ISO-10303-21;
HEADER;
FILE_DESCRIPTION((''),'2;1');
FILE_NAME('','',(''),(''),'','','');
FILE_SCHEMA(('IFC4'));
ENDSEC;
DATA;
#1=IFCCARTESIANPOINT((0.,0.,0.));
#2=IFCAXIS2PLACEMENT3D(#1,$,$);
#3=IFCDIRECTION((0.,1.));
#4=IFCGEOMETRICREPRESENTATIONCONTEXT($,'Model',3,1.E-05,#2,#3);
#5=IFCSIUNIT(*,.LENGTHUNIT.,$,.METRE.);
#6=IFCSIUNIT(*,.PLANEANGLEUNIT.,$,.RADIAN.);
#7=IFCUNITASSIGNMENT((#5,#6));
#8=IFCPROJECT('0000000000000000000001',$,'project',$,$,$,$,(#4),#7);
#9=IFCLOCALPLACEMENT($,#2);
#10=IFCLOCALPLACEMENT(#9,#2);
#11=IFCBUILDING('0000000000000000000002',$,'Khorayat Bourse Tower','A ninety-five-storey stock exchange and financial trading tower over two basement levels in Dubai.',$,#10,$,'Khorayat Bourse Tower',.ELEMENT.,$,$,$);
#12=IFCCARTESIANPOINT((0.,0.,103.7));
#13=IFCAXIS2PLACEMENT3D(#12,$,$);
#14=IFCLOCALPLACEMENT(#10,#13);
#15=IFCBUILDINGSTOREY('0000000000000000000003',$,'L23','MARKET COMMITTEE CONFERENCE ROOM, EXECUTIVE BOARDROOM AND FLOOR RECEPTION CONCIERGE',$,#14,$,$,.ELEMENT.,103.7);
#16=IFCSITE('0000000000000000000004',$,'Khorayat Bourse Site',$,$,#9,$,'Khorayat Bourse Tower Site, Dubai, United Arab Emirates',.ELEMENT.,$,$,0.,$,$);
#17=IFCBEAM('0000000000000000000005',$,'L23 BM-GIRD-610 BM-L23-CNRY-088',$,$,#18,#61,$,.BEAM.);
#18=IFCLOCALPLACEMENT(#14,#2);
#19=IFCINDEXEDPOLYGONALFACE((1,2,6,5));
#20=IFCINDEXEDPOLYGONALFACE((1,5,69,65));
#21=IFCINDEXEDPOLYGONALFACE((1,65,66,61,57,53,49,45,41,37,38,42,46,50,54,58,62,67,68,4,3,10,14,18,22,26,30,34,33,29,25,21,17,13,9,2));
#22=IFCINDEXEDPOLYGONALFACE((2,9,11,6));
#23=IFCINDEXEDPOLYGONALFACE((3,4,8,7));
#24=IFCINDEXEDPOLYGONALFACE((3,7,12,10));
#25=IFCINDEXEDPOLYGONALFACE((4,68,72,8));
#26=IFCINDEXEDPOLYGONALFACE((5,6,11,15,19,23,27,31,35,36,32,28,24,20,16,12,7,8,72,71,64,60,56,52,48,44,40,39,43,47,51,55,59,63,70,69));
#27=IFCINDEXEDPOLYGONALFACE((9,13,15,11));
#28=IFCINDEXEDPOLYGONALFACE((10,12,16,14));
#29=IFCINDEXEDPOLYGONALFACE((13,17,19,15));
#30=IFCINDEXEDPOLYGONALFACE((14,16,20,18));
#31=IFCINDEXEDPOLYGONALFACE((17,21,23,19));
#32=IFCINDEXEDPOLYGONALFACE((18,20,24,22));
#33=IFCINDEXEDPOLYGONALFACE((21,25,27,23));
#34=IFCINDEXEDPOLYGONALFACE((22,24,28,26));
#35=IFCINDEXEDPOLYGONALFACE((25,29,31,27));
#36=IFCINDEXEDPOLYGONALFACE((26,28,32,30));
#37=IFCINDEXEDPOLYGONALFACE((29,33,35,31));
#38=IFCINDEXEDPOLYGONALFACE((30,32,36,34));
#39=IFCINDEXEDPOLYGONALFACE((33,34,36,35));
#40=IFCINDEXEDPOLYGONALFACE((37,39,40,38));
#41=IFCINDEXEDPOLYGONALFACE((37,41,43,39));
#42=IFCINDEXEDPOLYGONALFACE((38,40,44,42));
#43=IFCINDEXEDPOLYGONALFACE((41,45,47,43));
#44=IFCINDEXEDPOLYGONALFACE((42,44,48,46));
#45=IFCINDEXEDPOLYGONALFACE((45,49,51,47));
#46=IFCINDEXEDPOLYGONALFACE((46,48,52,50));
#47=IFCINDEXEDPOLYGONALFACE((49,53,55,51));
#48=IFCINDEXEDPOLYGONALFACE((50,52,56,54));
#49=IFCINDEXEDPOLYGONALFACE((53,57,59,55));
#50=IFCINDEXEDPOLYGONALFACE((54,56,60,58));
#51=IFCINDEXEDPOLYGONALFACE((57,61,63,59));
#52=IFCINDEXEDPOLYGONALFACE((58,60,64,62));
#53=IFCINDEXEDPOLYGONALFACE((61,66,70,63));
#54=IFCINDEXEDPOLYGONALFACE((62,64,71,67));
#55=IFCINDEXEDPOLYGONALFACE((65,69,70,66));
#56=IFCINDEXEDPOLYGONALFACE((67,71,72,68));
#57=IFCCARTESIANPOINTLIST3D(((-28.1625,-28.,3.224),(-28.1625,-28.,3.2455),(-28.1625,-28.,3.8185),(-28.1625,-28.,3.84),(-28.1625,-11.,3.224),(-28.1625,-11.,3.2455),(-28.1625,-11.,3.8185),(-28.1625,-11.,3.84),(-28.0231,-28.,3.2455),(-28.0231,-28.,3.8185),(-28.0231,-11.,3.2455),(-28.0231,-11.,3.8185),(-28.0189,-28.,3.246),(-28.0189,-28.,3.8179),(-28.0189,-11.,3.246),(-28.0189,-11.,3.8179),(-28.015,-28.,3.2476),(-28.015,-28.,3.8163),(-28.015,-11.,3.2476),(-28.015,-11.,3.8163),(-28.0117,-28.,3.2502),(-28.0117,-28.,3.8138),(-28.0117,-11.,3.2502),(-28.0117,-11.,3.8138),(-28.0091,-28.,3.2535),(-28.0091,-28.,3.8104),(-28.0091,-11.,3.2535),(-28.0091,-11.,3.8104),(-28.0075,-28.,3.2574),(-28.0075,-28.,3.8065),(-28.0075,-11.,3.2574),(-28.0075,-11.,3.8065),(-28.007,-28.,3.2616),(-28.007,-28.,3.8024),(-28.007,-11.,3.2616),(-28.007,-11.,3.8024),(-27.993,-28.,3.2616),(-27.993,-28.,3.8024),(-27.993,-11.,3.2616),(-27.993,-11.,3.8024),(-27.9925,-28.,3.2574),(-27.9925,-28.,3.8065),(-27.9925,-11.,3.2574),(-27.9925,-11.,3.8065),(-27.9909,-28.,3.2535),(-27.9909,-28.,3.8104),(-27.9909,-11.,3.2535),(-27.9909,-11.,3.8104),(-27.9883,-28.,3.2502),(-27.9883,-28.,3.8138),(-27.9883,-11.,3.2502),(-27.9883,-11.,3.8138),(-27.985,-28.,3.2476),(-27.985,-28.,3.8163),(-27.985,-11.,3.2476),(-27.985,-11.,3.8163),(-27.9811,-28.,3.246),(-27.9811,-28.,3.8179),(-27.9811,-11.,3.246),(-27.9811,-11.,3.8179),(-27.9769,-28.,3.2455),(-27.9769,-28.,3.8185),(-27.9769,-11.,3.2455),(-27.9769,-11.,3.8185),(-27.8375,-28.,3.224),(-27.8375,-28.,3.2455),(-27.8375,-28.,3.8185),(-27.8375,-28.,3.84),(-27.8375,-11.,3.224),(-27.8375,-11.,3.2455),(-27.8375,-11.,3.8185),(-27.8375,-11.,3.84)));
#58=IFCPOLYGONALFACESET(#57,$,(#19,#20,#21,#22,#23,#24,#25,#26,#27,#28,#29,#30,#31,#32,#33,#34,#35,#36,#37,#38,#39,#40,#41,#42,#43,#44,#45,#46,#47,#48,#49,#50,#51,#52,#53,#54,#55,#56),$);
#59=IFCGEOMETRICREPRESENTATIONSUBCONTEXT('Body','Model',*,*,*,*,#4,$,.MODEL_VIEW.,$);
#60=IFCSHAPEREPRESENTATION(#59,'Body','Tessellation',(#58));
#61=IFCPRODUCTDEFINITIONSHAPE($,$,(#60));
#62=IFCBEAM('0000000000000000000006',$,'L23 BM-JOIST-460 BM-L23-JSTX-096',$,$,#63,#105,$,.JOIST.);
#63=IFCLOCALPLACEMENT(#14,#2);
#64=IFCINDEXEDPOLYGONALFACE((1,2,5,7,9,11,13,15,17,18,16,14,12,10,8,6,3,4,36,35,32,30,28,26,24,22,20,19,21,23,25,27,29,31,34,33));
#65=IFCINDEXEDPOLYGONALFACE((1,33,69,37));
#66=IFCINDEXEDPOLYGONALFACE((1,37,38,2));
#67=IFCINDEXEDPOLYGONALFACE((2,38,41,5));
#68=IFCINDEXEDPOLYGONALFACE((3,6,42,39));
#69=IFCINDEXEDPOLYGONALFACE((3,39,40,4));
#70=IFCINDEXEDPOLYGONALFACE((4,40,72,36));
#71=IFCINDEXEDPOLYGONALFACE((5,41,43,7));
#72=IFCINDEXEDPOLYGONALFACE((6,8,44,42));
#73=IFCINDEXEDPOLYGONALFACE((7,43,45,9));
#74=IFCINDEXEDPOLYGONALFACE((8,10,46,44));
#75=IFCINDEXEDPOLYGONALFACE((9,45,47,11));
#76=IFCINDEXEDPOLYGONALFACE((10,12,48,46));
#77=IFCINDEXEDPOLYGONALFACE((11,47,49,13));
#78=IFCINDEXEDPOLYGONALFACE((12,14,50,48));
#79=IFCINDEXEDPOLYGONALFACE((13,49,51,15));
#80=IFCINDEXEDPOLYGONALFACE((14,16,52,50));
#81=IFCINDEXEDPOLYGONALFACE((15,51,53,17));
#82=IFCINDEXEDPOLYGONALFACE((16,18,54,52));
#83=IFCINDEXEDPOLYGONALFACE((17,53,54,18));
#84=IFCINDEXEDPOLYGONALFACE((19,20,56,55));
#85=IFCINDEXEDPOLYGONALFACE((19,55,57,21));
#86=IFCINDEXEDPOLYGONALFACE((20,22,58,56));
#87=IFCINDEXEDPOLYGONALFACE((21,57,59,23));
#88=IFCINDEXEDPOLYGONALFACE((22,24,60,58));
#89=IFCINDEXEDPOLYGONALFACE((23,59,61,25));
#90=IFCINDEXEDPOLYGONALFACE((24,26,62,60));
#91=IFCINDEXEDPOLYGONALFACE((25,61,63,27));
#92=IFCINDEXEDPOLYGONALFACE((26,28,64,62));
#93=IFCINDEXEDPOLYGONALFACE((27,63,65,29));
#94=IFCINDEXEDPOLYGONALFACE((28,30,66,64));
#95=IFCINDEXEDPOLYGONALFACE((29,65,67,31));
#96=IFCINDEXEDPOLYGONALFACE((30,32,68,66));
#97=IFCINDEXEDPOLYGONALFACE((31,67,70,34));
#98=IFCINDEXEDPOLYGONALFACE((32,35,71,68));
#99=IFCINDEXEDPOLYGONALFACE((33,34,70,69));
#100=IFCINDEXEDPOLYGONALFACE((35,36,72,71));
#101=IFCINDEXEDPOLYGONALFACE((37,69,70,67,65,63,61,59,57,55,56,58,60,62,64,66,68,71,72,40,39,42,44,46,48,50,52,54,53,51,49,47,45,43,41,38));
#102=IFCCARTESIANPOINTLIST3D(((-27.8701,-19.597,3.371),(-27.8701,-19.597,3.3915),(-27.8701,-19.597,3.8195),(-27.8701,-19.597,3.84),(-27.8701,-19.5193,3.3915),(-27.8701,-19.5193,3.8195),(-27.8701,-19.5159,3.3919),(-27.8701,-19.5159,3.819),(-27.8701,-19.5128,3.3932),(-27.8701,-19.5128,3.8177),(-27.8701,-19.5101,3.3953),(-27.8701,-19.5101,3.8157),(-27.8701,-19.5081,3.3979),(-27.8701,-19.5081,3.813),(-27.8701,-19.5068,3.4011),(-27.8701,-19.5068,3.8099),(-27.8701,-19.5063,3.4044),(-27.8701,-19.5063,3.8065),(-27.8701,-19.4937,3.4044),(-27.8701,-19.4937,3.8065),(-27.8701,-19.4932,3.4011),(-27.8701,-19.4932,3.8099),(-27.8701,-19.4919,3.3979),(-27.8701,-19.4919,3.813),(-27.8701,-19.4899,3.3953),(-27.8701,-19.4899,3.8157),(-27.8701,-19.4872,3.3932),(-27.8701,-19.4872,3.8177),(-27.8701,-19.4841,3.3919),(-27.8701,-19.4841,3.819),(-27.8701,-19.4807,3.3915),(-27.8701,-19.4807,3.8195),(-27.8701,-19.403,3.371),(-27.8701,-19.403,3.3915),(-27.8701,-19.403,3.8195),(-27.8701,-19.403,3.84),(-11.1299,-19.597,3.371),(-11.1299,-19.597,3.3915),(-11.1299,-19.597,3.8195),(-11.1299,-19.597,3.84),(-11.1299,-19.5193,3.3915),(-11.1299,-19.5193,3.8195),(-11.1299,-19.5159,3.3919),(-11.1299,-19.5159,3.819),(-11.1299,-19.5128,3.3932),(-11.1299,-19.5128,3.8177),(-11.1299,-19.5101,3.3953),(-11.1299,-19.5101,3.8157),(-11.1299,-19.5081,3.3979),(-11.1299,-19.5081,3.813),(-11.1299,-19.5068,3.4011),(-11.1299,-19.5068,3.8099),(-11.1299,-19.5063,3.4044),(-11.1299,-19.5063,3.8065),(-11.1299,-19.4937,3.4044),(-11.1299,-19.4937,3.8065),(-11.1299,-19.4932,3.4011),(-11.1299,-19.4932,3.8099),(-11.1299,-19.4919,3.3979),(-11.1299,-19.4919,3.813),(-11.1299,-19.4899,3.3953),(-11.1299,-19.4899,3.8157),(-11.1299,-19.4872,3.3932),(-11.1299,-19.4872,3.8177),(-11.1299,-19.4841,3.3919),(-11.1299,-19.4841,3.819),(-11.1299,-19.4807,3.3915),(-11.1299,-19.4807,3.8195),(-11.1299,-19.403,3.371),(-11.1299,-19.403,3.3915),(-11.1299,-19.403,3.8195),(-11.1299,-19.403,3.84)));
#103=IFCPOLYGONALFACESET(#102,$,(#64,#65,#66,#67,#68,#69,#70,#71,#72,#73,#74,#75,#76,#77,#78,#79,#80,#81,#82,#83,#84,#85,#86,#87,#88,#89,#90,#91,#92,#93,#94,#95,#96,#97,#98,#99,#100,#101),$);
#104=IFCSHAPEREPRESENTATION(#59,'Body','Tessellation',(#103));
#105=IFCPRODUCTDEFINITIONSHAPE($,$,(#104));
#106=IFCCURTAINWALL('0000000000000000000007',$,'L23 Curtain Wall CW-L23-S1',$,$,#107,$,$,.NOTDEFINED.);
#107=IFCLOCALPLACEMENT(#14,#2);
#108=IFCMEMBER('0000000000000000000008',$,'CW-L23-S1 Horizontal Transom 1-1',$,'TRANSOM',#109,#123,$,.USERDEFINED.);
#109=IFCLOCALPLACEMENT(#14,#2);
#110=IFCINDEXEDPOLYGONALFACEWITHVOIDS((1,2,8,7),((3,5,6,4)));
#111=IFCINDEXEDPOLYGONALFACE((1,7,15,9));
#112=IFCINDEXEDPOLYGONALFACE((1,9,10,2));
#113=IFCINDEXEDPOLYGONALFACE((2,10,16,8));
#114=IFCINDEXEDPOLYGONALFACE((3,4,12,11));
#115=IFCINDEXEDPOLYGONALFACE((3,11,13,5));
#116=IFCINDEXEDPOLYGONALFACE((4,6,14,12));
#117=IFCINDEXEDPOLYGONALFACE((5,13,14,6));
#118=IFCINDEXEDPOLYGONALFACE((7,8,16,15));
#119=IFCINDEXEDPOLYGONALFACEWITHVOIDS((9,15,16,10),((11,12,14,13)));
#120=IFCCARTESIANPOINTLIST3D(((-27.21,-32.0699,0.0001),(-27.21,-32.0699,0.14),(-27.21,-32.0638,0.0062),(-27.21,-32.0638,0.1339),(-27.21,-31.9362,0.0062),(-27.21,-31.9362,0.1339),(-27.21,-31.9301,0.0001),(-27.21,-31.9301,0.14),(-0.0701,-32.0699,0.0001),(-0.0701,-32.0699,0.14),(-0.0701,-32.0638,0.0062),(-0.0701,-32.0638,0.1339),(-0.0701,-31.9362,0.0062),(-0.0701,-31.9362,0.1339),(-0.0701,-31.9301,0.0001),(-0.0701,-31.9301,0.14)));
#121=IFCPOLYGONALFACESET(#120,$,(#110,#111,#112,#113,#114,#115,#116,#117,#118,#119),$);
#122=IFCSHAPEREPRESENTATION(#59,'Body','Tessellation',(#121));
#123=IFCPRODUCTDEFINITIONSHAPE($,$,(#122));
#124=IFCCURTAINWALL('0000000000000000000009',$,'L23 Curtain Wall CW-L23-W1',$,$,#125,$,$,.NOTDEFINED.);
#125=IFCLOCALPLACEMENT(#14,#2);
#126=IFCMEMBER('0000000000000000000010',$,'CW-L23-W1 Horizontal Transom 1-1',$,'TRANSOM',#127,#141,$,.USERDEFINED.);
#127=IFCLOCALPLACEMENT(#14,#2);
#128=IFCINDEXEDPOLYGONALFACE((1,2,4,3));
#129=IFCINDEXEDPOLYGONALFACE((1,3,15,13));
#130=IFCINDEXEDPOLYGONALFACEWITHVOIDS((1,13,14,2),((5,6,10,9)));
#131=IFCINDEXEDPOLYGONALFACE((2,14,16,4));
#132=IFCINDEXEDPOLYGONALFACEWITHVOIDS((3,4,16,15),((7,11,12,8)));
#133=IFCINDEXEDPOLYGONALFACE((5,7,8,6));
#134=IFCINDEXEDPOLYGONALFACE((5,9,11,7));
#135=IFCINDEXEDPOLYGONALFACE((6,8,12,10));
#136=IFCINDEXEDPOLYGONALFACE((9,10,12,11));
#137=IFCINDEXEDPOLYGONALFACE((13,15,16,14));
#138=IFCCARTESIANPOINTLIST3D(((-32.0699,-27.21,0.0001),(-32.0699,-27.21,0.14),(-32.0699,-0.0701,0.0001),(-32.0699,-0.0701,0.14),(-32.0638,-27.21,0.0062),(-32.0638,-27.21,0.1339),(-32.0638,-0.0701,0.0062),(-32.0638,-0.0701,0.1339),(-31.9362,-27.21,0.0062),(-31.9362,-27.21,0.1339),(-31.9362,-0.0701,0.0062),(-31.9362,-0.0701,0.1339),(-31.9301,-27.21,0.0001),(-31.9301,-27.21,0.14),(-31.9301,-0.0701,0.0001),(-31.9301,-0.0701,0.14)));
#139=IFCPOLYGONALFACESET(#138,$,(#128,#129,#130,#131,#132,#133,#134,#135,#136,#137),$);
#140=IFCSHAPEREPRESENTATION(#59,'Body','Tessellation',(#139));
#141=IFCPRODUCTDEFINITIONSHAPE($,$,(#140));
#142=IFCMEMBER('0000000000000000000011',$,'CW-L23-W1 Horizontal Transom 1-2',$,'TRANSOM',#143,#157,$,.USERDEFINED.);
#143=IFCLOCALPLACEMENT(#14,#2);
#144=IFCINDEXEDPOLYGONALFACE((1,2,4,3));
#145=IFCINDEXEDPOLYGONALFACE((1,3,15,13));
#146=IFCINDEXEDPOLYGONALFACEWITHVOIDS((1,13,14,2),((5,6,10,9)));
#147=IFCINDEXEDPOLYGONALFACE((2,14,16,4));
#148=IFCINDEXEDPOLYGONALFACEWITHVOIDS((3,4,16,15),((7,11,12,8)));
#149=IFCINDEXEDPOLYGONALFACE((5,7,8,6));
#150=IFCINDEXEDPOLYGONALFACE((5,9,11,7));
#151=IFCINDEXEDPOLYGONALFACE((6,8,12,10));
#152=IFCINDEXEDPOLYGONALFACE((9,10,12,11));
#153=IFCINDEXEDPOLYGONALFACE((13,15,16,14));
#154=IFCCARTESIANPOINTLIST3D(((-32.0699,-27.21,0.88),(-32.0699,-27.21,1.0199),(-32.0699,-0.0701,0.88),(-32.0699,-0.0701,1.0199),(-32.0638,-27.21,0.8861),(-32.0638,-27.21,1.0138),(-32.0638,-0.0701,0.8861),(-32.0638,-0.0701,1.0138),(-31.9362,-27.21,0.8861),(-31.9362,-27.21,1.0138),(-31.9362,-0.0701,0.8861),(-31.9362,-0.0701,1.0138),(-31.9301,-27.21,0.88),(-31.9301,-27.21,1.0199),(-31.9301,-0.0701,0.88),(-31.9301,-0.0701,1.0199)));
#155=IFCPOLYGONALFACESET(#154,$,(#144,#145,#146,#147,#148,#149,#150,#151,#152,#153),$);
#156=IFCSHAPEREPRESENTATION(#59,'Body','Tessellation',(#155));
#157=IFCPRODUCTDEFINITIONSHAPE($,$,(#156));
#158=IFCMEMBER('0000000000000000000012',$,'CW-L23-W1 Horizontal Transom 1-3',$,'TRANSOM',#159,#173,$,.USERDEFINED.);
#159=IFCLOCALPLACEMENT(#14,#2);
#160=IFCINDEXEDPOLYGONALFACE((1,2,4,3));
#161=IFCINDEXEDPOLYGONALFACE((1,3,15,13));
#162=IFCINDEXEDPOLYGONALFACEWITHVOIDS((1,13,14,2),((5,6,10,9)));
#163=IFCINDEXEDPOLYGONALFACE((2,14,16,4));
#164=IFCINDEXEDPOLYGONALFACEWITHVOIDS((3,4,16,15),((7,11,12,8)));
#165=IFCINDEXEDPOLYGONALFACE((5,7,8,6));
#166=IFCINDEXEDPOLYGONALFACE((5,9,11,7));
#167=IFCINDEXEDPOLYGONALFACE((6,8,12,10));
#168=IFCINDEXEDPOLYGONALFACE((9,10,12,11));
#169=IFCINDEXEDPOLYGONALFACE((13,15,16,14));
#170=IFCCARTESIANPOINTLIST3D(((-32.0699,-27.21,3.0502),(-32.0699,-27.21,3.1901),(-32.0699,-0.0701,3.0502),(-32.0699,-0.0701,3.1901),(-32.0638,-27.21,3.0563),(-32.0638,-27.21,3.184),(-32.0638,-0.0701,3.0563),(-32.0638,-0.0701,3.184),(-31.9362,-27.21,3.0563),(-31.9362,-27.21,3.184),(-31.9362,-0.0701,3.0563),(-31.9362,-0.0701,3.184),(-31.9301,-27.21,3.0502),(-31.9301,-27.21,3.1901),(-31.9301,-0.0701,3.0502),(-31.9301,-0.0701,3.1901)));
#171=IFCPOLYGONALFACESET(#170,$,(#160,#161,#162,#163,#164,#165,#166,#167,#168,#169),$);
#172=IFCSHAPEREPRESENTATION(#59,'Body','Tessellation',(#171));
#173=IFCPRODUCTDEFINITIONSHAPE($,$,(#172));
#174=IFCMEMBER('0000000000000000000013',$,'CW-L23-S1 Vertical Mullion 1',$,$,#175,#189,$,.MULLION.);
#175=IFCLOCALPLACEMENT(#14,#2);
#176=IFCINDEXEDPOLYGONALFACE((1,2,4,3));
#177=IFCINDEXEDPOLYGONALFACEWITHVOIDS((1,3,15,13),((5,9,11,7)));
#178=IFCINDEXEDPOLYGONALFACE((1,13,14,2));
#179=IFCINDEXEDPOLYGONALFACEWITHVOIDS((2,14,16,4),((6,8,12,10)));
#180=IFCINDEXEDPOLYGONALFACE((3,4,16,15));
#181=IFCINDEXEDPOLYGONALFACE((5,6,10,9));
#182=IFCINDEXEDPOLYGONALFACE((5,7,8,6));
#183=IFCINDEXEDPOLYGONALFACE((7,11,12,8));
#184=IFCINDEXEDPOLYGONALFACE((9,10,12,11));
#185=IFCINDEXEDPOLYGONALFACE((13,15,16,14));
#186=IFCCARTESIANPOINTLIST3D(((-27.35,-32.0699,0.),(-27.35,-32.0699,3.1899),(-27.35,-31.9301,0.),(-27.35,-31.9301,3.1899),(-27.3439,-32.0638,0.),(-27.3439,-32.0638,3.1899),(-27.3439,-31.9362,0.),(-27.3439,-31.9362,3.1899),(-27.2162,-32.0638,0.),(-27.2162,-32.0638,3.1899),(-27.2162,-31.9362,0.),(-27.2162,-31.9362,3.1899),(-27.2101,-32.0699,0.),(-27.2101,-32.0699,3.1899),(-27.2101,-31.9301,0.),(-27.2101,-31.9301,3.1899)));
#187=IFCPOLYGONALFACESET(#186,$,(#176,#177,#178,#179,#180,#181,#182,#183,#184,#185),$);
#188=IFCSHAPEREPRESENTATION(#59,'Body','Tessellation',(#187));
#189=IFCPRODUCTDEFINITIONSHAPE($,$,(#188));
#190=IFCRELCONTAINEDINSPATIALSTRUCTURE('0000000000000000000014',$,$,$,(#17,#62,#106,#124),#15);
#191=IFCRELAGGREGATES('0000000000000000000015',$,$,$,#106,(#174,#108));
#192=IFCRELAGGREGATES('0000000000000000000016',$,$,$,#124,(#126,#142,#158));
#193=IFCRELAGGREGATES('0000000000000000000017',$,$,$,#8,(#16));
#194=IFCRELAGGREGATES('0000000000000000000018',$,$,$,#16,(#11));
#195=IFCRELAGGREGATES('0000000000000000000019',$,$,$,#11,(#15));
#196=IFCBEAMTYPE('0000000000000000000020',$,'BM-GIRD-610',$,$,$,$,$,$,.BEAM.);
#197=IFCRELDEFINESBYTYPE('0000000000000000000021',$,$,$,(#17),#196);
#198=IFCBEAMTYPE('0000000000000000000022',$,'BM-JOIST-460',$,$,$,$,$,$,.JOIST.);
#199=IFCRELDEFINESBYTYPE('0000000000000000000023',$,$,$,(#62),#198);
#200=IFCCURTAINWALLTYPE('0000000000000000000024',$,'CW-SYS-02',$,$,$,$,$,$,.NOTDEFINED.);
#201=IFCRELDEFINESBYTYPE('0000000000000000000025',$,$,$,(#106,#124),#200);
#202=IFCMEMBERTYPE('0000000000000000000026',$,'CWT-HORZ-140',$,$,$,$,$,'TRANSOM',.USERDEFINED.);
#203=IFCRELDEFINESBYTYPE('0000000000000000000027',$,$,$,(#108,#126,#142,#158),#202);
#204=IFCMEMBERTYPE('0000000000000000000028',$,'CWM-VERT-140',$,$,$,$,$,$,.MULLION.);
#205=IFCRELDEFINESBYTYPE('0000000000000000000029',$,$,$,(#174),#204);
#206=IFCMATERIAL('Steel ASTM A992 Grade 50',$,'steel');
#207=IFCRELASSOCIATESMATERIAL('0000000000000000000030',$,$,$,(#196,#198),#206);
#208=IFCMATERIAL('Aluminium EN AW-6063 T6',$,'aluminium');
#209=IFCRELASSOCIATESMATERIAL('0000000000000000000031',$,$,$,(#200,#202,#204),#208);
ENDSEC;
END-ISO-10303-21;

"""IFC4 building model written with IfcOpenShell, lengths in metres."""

from ifc_helpers import new_model, si_unit, direction, frame, origin, origin_2d, place, context, subcontext, project, spatial, hollow_rectangle, i_section, extrude, source, transform, mapped, material, material_profile, profile_set, type_object, element, aggregate, save


model = new_model("IFC4")

# Units and contexts
model_context = context("Model", 3, precision=1e-05, world=origin(), true_north=direction((0.0, 1.0)))
body_context = subcontext(model_context, "Body", "Model", "MODEL_VIEW")
ifc_project = project(units=[si_unit("LENGTHUNIT", "METRE"), si_unit("PLANEANGLEUNIT", "RADIAN")], contexts=[model_context])

# Site, building, storey
site_placement = place(None, origin())
site = spatial("IfcSite", under=ifc_project, at=site_placement, Name="Khorayat Bourse Site", LongName="Khorayat Bourse Tower Site, Dubai, United Arab Emirates", CompositionType="ELEMENT", RefElevation=0.0)
building_placement = place(site_placement, origin())
building = spatial("IfcBuilding", under=site, at=building_placement, Name="Khorayat Bourse Tower", Description="A ninety-five-storey stock exchange and financial trading tower over two basement levels in Dubai.", LongName="Khorayat Bourse Tower", CompositionType="ELEMENT")
storey_placement = place(building_placement, frame((0.0, 0.0, 103.7)))
storey = spatial("IfcBuildingStorey", under=building, at=storey_placement, Name="L23", Description="MARKET COMMITTEE CONFERENCE ROOM, EXECUTIVE BOARDROOM AND FLOOR RECEPTION CONCIERGE", CompositionType="ELEMENT", Elevation=103.7)

# Beams
ifc_material_1 = material(Name="Steel ASTM A992 Grade 50", Category="steel")
ifc_material_profile_1 = material_profile(ifc_material_1, i_section(OverallWidth=0.325, OverallDepth=0.616, WebThickness=0.0139, FlangeThickness=0.0215, FilletRadius=0.0161, at=origin_2d()), Name="W610X174")
ifc_profile_set_1 = profile_set([ifc_material_profile_1], Name="Steel ASTM A992 Grade 50")
beam_type_1 = type_object("IfcBeamType", Name="BM-GIRD-610", PredefinedType="BEAM", material=ifc_profile_set_1)
shared_shape_1 = source(origin(), body_context, "Body", "SweptSolid", [
    extrude(i_section(OverallWidth=0.325, OverallDepth=0.616, WebThickness=0.0139, FlangeThickness=0.0215, FilletRadius=0.0161, at=origin_2d()), origin(), (0.0, 0.0, 1.0), 17.0),
])
beam_1_placement = place(storey_placement, frame((-28.0, -28.0, 3.532), z_axis=(0.0, 1.0, 0.0), x_axis=(-1.0, 0.0, 0.0)))
element("IfcBeam", 1, at=beam_1_placement, inside=storey, type_object=beam_type_1, Name="L23 BM-GIRD-610 BM-L23-CNRY-088", PredefinedType="BEAM", context=body_context, shape_type="MappedRepresentation", body=[
    mapped(shared_shape_1, transform((0.0, 0.0, 0.0), scale=1.0)),
])
ifc_material_profile_2 = material_profile(ifc_material_1, i_section(OverallWidth=0.1941, OverallDepth=0.469, WebThickness=0.0127, FlangeThickness=0.0205, FilletRadius=0.0129, at=origin_2d()), Name="W460X106")
ifc_profile_set_2 = profile_set([ifc_material_profile_2], Name="Steel ASTM A992 Grade 50")
beam_type_2 = type_object("IfcBeamType", Name="BM-JOIST-460", PredefinedType="JOIST", material=ifc_profile_set_2)
shared_shape_2 = source(origin(), body_context, "Body", "SweptSolid", [
    extrude(i_section(OverallWidth=0.1941, OverallDepth=0.469, WebThickness=0.0127, FlangeThickness=0.0205, FilletRadius=0.0129, at=origin_2d()), origin(), (0.0, 0.0, 1.0), 16.7402),
])
beam_2_placement = place(storey_placement, frame((-27.8701, -19.5, 3.6055), z_axis=(1.0, 0.0, 0.0), x_axis=(0.0, 1.0, 0.0)))
element("IfcBeam", 2, at=beam_2_placement, inside=storey, type_object=beam_type_2, Name="L23 BM-JOIST-460 BM-L23-JSTX-096", PredefinedType="JOIST", context=body_context, shape_type="MappedRepresentation", body=[
    mapped(shared_shape_2, transform((0.0, 0.0, 0.0), scale=1.0)),
])

# Curtain wall, member
ifc_material_2 = material(Name="Aluminium EN AW-6063 T6", Category="aluminium")
curtain_wall_type = type_object("IfcCurtainWallType", Name="CW-SYS-02", PredefinedType="NOTDEFINED", material=ifc_material_2)
curtain_wall_1_placement = place(storey_placement, origin())
curtain_wall_1 = element("IfcCurtainWall", 3, at=curtain_wall_1_placement, inside=storey, type_object=curtain_wall_type, Name="L23 Curtain Wall CW-L23-S1", PredefinedType="NOTDEFINED")
ifc_material_profile_3 = material_profile(ifc_material_2, hollow_rectangle(XDim=0.1399, YDim=0.1399, WallThickness=0.0061, at=origin_2d()), Name="ALU 140x140x6")
ifc_profile_set_3 = profile_set([ifc_material_profile_3], Name="Aluminium EN AW-6063 T6")
member_type_1 = type_object("IfcMemberType", Name="CWT-HORZ-140", ElementType="TRANSOM", PredefinedType="USERDEFINED", material=ifc_profile_set_3)
shared_shape_3 = source(origin(), body_context, "Body", "SweptSolid", [
    extrude(hollow_rectangle(XDim=0.1399, YDim=0.1399, WallThickness=0.0061, at=origin_2d()), origin(), (0.0, 0.0, 1.0), 27.1399),
])
member_1_placement = place(storey_placement, frame((-27.21, -32.0, 0.0701), z_axis=(1.0, 0.0, 0.0), x_axis=(0.0, 1.0, 0.0)))
member_1 = element("IfcMember", 4, at=member_1_placement, type_object=member_type_1, Name="CW-L23-S1 Horizontal Transom 1-1", ObjectType="TRANSOM", PredefinedType="USERDEFINED", context=body_context, shape_type="MappedRepresentation", body=[
    mapped(shared_shape_3, transform((0.0, 0.0, 0.0), scale=1.0)),
])

# Curtain wall, members
curtain_wall_2_placement = place(storey_placement, origin())
curtain_wall_2 = element("IfcCurtainWall", 5, at=curtain_wall_2_placement, inside=storey, type_object=curtain_wall_type, Name="L23 Curtain Wall CW-L23-W1", PredefinedType="NOTDEFINED")
member_2_placement = place(storey_placement, frame((-32.0, -27.21, 0.0701), z_axis=(0.0, 1.0, 0.0), x_axis=(-1.0, 0.0, 0.0)))
member_2 = element("IfcMember", 6, at=member_2_placement, type_object=member_type_1, Name="CW-L23-W1 Horizontal Transom 1-1", ObjectType="TRANSOM", PredefinedType="USERDEFINED", context=body_context, shape_type="MappedRepresentation", body=[
    mapped(shared_shape_3, transform((0.0, 0.0, 0.0), scale=1.0)),
])
member_3_placement = place(storey_placement, frame((-32.0, -27.21, 0.95), z_axis=(0.0, 1.0, 0.0), x_axis=(-1.0, 0.0, 0.0)))
member_3 = element("IfcMember", 7, at=member_3_placement, type_object=member_type_1, Name="CW-L23-W1 Horizontal Transom 1-2", ObjectType="TRANSOM", PredefinedType="USERDEFINED", context=body_context, shape_type="MappedRepresentation", body=[
    mapped(shared_shape_3, transform((0.0, 0.0, 0.0), scale=1.0)),
])
member_4_placement = place(storey_placement, frame((-32.0, -27.21, 3.1201), z_axis=(0.0, 1.0, 0.0), x_axis=(-1.0, 0.0, 0.0)))
member_4 = element("IfcMember", 8, at=member_4_placement, type_object=member_type_1, Name="CW-L23-W1 Horizontal Transom 1-3", ObjectType="TRANSOM", PredefinedType="USERDEFINED", context=body_context, shape_type="MappedRepresentation", body=[
    mapped(shared_shape_3, transform((0.0, 0.0, 0.0), scale=1.0)),
])

# Member
ifc_material_profile_4 = material_profile(ifc_material_2, hollow_rectangle(XDim=0.1399, YDim=0.1399, WallThickness=0.0061, at=origin_2d()), Name="ALU 140x140x6")
ifc_profile_set_4 = profile_set([ifc_material_profile_4], Name="Aluminium EN AW-6063 T6")
member_type_2 = type_object("IfcMemberType", Name="CWM-VERT-140", PredefinedType="MULLION", material=ifc_profile_set_4)
shared_shape_4 = source(origin(), body_context, "Body", "SweptSolid", [
    extrude(hollow_rectangle(XDim=0.1399, YDim=0.1399, WallThickness=0.0061, at=origin_2d()), origin(), (0.0, 0.0, 1.0), 3.1899),
])
member_5_placement = place(storey_placement, frame((-27.28, -32.0, 0.0), z_axis=(0.0, 0.0, 1.0), x_axis=(0.0, 1.0, 0.0)))
member_5 = element("IfcMember", 9, at=member_5_placement, type_object=member_type_2, Name="CW-L23-S1 Vertical Mullion 1", PredefinedType="MULLION", context=body_context, shape_type="MappedRepresentation", body=[
    mapped(shared_shape_4, transform((0.0, 0.0, 0.0), scale=1.0)),
])
aggregate(curtain_wall_1, [member_5, member_1])

aggregate(curtain_wall_2, [member_2, member_3, member_4])

save(model, "model.ifc")
